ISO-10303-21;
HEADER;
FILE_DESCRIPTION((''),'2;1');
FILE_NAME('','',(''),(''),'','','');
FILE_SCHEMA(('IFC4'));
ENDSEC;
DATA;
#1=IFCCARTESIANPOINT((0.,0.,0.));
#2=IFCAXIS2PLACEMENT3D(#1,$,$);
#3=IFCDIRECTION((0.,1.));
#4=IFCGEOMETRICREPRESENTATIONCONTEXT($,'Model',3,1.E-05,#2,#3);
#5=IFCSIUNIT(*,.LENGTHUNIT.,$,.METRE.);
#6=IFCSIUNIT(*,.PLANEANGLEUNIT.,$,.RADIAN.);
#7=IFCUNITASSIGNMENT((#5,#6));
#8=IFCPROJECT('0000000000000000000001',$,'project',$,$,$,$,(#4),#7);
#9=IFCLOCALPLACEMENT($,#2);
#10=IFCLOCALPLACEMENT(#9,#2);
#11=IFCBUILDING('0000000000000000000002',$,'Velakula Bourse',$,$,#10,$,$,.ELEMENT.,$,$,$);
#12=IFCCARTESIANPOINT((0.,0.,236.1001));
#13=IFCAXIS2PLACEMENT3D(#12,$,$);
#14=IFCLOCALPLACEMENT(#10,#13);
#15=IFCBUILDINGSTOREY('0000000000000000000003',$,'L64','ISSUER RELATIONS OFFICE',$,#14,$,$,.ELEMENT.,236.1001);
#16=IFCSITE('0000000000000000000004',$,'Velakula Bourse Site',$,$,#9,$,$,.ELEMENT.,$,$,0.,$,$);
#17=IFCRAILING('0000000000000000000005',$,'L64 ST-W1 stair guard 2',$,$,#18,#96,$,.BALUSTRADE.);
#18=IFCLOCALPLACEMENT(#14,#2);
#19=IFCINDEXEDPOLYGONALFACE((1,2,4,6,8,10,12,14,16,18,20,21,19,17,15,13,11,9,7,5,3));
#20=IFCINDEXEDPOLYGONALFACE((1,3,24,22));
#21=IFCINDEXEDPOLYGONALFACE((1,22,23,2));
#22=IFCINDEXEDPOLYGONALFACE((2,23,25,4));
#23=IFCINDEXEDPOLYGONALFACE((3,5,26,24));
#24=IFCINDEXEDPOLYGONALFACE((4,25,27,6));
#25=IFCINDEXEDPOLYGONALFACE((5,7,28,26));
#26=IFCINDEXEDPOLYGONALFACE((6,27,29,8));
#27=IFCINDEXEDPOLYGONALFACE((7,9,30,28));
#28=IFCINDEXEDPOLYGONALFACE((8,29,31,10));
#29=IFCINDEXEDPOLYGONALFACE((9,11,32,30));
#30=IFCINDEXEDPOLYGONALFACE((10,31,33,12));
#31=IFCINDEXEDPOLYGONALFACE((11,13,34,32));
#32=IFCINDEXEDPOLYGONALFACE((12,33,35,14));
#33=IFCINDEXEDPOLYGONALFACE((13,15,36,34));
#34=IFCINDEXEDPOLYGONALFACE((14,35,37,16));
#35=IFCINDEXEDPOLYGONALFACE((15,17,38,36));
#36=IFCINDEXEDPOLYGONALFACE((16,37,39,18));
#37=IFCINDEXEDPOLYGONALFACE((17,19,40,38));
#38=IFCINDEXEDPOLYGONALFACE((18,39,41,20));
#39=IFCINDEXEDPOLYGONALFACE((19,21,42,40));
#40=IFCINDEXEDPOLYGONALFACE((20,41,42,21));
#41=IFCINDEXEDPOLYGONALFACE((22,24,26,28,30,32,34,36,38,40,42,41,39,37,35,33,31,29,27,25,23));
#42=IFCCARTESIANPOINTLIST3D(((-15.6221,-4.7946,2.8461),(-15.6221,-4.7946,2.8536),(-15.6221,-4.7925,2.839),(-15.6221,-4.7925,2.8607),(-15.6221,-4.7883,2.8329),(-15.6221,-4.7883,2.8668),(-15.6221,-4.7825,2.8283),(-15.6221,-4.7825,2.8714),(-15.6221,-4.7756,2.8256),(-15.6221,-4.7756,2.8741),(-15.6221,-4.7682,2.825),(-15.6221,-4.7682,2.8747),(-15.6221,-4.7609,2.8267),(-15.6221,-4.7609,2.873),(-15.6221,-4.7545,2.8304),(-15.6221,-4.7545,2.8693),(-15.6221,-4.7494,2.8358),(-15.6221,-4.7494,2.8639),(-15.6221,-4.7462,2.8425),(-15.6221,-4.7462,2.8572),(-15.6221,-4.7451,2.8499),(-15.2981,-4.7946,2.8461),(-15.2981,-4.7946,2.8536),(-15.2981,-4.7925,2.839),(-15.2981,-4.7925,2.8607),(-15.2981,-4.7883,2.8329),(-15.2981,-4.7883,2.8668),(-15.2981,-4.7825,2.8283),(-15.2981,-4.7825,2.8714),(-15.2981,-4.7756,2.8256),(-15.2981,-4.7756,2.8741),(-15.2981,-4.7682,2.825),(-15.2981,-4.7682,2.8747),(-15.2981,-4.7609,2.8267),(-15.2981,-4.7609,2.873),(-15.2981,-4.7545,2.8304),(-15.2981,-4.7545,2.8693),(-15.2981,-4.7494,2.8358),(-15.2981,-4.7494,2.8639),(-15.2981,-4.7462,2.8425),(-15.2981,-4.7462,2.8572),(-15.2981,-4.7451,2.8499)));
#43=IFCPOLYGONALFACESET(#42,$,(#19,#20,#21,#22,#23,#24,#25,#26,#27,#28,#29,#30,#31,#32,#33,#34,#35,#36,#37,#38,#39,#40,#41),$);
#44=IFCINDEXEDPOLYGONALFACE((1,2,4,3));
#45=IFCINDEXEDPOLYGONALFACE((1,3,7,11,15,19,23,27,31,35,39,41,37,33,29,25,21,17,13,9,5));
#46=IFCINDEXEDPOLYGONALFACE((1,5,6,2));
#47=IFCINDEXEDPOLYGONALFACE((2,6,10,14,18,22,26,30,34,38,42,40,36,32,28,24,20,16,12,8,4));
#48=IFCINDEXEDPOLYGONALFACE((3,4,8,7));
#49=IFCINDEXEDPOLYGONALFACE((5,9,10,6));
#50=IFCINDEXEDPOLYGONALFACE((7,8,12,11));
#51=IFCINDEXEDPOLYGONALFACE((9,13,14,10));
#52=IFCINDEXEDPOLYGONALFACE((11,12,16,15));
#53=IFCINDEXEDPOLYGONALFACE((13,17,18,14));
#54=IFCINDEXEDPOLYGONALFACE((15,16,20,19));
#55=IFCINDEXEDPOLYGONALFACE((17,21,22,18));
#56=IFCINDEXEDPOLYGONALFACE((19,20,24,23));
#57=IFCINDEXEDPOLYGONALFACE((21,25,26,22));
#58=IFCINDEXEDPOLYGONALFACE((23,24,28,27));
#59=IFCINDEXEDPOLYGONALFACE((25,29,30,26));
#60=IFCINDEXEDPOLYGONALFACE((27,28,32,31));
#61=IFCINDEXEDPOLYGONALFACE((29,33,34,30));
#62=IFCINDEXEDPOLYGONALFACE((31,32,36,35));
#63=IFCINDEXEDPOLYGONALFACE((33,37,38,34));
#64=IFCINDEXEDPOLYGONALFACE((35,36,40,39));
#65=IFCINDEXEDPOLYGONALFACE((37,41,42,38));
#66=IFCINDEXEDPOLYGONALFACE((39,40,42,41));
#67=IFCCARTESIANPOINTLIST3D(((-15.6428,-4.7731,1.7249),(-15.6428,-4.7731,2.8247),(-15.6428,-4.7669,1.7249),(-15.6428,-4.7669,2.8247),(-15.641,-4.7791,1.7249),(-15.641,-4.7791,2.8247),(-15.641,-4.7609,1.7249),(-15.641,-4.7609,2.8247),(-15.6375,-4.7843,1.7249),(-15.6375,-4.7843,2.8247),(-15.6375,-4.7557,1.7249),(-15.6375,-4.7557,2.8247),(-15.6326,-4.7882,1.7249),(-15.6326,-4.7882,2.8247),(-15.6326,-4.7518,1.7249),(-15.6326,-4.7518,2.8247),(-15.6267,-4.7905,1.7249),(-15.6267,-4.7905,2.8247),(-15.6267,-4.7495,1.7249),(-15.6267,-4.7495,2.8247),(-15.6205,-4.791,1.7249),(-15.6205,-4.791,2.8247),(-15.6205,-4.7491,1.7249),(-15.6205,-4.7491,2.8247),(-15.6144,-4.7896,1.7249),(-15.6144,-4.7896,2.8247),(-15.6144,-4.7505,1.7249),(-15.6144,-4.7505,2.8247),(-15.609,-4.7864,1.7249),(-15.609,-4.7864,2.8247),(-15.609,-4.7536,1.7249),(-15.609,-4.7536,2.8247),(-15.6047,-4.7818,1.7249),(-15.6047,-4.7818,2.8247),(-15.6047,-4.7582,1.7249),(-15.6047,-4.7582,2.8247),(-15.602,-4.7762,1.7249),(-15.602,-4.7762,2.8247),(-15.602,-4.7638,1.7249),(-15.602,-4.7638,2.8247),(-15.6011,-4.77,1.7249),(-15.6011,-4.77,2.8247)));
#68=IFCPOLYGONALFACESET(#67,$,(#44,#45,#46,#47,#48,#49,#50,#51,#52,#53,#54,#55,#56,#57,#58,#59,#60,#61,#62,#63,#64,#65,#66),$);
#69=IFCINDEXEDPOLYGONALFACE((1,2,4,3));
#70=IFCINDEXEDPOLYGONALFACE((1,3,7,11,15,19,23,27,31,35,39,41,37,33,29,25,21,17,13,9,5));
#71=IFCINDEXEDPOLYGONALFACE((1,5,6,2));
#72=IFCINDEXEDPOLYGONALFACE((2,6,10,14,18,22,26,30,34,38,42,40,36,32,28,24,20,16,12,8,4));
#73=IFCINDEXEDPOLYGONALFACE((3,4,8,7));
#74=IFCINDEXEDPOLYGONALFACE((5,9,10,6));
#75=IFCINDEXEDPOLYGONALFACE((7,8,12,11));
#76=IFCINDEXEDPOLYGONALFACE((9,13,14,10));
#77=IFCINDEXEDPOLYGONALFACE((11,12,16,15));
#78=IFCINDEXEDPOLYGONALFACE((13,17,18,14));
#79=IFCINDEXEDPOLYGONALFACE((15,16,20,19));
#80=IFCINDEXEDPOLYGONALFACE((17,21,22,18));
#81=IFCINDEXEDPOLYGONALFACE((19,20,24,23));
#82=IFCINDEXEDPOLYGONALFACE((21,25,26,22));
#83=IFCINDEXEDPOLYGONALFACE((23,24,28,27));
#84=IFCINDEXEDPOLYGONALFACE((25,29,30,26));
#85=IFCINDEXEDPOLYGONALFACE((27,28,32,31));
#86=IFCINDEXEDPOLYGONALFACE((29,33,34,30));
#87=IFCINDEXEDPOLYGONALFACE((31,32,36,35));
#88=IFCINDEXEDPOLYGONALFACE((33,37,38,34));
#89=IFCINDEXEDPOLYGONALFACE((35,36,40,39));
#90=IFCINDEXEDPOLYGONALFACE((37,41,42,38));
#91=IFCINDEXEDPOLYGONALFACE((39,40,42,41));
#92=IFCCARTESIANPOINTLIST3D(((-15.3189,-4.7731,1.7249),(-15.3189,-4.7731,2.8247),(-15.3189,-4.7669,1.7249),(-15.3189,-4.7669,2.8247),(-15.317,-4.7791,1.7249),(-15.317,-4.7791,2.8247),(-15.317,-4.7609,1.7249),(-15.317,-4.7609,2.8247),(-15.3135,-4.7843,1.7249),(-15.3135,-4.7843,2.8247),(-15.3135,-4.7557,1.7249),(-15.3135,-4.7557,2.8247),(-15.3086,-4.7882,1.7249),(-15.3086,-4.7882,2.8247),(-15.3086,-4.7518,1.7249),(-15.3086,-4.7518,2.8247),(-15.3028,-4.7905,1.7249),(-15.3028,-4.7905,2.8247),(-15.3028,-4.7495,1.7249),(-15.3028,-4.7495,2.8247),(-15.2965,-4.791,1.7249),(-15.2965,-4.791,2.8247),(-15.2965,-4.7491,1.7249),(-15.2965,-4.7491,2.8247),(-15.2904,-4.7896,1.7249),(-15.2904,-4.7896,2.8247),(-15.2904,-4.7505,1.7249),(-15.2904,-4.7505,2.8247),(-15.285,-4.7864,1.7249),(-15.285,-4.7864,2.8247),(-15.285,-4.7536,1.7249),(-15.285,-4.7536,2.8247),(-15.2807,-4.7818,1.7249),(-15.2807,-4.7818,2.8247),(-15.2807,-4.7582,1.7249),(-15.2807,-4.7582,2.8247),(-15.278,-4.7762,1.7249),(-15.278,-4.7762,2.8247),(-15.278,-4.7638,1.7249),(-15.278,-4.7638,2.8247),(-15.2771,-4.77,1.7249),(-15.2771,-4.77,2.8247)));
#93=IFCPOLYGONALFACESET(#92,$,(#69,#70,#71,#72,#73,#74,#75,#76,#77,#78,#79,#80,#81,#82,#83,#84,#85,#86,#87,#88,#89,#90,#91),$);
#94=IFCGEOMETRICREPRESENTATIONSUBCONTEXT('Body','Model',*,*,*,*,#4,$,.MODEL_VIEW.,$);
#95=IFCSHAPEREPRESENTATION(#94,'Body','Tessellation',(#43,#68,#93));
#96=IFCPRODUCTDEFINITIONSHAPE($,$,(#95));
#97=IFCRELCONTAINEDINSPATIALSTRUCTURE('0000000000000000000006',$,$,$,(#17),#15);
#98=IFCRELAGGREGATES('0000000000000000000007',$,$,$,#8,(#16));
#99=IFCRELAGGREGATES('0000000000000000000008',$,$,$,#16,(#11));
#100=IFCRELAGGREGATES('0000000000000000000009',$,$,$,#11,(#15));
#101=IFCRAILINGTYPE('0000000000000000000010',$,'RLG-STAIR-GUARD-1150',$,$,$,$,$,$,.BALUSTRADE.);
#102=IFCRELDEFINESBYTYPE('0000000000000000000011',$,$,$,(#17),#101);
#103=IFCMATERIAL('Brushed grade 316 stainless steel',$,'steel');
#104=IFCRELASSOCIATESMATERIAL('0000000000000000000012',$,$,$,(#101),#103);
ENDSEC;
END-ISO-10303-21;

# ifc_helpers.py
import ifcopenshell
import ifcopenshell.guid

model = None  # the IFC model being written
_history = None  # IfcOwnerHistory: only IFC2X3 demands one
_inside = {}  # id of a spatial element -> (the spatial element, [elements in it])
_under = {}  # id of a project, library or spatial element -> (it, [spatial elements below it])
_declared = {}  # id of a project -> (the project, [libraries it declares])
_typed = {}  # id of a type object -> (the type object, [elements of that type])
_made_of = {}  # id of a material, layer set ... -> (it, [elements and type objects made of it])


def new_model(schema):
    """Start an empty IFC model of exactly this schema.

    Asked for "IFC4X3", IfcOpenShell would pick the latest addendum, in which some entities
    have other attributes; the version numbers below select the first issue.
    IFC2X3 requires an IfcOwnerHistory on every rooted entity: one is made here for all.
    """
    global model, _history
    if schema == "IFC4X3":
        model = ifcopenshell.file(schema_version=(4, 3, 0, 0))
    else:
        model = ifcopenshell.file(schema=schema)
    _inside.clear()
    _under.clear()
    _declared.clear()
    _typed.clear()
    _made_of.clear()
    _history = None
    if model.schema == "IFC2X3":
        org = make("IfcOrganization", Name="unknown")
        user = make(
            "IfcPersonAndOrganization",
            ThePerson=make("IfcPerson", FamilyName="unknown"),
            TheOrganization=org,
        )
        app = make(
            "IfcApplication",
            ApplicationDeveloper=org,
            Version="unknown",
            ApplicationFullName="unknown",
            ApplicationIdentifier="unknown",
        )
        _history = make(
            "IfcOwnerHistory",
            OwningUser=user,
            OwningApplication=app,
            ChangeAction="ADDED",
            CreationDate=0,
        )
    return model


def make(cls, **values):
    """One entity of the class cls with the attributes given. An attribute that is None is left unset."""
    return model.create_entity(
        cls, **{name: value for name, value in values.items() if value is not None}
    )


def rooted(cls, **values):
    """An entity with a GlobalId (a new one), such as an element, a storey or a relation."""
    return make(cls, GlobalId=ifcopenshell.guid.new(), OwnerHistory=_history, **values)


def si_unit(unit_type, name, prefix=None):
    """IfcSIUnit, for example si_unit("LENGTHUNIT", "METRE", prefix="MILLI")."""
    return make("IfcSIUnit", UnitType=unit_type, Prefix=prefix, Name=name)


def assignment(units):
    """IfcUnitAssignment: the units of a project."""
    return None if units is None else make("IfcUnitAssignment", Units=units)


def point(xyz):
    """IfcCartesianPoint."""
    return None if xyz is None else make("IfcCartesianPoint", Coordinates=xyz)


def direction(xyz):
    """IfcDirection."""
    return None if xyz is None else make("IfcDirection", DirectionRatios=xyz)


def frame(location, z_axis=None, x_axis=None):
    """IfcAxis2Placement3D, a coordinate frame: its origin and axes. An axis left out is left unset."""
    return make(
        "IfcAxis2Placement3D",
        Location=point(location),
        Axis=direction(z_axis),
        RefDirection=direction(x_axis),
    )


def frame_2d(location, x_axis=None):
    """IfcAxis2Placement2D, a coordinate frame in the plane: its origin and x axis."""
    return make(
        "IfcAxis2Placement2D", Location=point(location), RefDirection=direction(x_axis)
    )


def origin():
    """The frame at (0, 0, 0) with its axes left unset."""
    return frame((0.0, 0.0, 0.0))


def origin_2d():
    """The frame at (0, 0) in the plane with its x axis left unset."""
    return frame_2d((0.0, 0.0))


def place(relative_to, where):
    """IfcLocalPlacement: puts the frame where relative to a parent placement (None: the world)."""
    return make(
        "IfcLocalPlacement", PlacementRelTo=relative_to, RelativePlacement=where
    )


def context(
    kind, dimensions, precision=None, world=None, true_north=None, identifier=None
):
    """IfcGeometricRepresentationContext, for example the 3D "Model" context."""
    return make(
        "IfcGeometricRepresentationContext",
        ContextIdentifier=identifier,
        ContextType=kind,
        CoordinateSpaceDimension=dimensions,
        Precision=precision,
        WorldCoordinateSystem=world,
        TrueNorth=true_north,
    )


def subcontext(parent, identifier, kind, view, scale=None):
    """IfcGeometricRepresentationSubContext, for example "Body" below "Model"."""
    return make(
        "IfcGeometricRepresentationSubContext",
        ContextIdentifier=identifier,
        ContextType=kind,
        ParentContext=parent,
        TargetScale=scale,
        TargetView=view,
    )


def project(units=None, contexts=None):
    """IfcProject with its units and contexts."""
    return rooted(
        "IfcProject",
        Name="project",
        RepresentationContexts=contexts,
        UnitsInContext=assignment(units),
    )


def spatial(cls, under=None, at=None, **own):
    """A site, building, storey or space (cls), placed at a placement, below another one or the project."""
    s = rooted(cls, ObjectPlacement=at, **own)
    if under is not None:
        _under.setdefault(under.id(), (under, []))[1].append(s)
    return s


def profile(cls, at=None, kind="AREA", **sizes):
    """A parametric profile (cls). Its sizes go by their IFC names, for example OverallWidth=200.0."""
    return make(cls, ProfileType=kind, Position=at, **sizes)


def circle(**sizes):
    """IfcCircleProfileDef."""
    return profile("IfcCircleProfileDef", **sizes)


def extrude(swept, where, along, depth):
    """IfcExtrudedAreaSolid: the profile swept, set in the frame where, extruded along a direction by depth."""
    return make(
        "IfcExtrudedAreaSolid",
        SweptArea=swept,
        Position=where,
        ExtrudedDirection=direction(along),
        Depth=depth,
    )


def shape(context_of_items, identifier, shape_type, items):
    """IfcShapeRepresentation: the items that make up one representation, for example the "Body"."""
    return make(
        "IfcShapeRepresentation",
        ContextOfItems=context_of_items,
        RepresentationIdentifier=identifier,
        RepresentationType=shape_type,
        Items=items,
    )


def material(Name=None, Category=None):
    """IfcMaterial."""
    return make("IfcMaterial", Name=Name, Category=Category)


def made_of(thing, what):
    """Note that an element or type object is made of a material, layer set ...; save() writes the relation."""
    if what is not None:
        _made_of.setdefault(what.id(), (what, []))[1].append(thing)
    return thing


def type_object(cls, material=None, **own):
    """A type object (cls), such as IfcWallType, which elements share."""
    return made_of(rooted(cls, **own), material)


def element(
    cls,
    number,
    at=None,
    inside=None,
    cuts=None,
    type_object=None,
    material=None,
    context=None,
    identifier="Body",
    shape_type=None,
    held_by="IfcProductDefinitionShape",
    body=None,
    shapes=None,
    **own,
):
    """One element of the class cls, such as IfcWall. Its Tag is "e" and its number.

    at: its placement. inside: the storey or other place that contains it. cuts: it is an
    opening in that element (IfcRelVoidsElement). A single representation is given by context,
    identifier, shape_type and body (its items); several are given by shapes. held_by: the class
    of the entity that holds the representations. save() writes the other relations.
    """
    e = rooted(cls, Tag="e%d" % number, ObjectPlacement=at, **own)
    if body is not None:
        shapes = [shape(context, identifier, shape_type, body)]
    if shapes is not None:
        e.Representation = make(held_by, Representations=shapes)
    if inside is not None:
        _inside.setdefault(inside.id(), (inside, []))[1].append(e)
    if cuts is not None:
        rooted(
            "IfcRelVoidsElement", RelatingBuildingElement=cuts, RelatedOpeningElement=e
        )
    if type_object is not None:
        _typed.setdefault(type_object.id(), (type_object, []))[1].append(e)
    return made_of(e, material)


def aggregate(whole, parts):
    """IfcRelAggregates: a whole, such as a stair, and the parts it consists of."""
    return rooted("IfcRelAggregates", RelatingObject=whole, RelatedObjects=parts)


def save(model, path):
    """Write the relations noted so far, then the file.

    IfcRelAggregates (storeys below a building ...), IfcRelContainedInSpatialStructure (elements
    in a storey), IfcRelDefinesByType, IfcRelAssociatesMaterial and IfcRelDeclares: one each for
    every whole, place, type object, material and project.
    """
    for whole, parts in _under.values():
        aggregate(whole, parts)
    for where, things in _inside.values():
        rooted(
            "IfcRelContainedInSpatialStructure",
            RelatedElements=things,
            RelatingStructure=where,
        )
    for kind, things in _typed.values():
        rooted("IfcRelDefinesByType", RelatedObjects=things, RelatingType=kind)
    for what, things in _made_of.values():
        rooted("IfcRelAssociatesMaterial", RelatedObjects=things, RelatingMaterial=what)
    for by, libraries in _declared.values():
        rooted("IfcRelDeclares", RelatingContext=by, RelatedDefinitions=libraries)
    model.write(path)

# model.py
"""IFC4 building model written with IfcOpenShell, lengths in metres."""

from ifc_helpers import new_model, si_unit, direction, frame, origin, origin_2d, place, context, subcontext, project, spatial, circle, extrude, material, type_object, element, save


model = new_model("IFC4")

# Units and contexts
model_context = context("Model", 3, precision=1e-05, world=origin(), true_north=direction((0.0, 1.0)))
body_context = subcontext(model_context, "Body", "Model", "MODEL_VIEW")
ifc_project = project(units=[si_unit("LENGTHUNIT", "METRE"), si_unit("PLANEANGLEUNIT", "RADIAN")], contexts=[model_context])

# Site, building, storey
site_placement = place(None, origin())
site = spatial("IfcSite", under=ifc_project, at=site_placement, Name="Velakula Bourse Site", CompositionType="ELEMENT", RefElevation=0.0)
building_placement = place(site_placement, origin())
building = spatial("IfcBuilding", under=site, at=building_placement, Name="Velakula Bourse", CompositionType="ELEMENT")
storey_placement = place(building_placement, frame((0.0, 0.0, 236.1001)))
storey = spatial("IfcBuildingStorey", under=building, at=storey_placement, Name="L64", Description="ISSUER RELATIONS OFFICE", CompositionType="ELEMENT", Elevation=236.1001)

# Shared definitions
ifc_material_1 = material(Name="Brushed grade 316 stainless steel", Category="steel")

# Railing
railing_type_1 = type_object("IfcRailingType", Name="RLG-STAIR-GUARD-1150", PredefinedType="BALUSTRADE", material=ifc_material_1)
railing_1_placement = place(storey_placement, frame((-15.6221, -4.77, 1.7249)))
element("IfcRailing", 1, at=railing_1_placement, inside=storey, type_object=railing_type_1, Name="L64 ST-W1 stair guard 2", PredefinedType="BALUSTRADE", context=body_context, shape_type="SweptSolid", body=[
    extrude(circle(Radius=0.0249, at=origin_2d()), frame((0.0, 0.0, 1.125), z_axis=(1.0, 0.0, 0.0), x_axis=(0.0, 1.0, 0.0)), (0.0, 0.0, 1.0), 0.324),
    extrude(circle(Radius=0.021, at=origin_2d()), origin(), (0.0, 0.0, 1.0), 1.0999),
    extrude(circle(Radius=0.021, at=origin_2d()), frame((0.324, 0.0, 0.0)), (0.0, 0.0, 1.0), 1.0999),
])

save(model, "model.ifc")
